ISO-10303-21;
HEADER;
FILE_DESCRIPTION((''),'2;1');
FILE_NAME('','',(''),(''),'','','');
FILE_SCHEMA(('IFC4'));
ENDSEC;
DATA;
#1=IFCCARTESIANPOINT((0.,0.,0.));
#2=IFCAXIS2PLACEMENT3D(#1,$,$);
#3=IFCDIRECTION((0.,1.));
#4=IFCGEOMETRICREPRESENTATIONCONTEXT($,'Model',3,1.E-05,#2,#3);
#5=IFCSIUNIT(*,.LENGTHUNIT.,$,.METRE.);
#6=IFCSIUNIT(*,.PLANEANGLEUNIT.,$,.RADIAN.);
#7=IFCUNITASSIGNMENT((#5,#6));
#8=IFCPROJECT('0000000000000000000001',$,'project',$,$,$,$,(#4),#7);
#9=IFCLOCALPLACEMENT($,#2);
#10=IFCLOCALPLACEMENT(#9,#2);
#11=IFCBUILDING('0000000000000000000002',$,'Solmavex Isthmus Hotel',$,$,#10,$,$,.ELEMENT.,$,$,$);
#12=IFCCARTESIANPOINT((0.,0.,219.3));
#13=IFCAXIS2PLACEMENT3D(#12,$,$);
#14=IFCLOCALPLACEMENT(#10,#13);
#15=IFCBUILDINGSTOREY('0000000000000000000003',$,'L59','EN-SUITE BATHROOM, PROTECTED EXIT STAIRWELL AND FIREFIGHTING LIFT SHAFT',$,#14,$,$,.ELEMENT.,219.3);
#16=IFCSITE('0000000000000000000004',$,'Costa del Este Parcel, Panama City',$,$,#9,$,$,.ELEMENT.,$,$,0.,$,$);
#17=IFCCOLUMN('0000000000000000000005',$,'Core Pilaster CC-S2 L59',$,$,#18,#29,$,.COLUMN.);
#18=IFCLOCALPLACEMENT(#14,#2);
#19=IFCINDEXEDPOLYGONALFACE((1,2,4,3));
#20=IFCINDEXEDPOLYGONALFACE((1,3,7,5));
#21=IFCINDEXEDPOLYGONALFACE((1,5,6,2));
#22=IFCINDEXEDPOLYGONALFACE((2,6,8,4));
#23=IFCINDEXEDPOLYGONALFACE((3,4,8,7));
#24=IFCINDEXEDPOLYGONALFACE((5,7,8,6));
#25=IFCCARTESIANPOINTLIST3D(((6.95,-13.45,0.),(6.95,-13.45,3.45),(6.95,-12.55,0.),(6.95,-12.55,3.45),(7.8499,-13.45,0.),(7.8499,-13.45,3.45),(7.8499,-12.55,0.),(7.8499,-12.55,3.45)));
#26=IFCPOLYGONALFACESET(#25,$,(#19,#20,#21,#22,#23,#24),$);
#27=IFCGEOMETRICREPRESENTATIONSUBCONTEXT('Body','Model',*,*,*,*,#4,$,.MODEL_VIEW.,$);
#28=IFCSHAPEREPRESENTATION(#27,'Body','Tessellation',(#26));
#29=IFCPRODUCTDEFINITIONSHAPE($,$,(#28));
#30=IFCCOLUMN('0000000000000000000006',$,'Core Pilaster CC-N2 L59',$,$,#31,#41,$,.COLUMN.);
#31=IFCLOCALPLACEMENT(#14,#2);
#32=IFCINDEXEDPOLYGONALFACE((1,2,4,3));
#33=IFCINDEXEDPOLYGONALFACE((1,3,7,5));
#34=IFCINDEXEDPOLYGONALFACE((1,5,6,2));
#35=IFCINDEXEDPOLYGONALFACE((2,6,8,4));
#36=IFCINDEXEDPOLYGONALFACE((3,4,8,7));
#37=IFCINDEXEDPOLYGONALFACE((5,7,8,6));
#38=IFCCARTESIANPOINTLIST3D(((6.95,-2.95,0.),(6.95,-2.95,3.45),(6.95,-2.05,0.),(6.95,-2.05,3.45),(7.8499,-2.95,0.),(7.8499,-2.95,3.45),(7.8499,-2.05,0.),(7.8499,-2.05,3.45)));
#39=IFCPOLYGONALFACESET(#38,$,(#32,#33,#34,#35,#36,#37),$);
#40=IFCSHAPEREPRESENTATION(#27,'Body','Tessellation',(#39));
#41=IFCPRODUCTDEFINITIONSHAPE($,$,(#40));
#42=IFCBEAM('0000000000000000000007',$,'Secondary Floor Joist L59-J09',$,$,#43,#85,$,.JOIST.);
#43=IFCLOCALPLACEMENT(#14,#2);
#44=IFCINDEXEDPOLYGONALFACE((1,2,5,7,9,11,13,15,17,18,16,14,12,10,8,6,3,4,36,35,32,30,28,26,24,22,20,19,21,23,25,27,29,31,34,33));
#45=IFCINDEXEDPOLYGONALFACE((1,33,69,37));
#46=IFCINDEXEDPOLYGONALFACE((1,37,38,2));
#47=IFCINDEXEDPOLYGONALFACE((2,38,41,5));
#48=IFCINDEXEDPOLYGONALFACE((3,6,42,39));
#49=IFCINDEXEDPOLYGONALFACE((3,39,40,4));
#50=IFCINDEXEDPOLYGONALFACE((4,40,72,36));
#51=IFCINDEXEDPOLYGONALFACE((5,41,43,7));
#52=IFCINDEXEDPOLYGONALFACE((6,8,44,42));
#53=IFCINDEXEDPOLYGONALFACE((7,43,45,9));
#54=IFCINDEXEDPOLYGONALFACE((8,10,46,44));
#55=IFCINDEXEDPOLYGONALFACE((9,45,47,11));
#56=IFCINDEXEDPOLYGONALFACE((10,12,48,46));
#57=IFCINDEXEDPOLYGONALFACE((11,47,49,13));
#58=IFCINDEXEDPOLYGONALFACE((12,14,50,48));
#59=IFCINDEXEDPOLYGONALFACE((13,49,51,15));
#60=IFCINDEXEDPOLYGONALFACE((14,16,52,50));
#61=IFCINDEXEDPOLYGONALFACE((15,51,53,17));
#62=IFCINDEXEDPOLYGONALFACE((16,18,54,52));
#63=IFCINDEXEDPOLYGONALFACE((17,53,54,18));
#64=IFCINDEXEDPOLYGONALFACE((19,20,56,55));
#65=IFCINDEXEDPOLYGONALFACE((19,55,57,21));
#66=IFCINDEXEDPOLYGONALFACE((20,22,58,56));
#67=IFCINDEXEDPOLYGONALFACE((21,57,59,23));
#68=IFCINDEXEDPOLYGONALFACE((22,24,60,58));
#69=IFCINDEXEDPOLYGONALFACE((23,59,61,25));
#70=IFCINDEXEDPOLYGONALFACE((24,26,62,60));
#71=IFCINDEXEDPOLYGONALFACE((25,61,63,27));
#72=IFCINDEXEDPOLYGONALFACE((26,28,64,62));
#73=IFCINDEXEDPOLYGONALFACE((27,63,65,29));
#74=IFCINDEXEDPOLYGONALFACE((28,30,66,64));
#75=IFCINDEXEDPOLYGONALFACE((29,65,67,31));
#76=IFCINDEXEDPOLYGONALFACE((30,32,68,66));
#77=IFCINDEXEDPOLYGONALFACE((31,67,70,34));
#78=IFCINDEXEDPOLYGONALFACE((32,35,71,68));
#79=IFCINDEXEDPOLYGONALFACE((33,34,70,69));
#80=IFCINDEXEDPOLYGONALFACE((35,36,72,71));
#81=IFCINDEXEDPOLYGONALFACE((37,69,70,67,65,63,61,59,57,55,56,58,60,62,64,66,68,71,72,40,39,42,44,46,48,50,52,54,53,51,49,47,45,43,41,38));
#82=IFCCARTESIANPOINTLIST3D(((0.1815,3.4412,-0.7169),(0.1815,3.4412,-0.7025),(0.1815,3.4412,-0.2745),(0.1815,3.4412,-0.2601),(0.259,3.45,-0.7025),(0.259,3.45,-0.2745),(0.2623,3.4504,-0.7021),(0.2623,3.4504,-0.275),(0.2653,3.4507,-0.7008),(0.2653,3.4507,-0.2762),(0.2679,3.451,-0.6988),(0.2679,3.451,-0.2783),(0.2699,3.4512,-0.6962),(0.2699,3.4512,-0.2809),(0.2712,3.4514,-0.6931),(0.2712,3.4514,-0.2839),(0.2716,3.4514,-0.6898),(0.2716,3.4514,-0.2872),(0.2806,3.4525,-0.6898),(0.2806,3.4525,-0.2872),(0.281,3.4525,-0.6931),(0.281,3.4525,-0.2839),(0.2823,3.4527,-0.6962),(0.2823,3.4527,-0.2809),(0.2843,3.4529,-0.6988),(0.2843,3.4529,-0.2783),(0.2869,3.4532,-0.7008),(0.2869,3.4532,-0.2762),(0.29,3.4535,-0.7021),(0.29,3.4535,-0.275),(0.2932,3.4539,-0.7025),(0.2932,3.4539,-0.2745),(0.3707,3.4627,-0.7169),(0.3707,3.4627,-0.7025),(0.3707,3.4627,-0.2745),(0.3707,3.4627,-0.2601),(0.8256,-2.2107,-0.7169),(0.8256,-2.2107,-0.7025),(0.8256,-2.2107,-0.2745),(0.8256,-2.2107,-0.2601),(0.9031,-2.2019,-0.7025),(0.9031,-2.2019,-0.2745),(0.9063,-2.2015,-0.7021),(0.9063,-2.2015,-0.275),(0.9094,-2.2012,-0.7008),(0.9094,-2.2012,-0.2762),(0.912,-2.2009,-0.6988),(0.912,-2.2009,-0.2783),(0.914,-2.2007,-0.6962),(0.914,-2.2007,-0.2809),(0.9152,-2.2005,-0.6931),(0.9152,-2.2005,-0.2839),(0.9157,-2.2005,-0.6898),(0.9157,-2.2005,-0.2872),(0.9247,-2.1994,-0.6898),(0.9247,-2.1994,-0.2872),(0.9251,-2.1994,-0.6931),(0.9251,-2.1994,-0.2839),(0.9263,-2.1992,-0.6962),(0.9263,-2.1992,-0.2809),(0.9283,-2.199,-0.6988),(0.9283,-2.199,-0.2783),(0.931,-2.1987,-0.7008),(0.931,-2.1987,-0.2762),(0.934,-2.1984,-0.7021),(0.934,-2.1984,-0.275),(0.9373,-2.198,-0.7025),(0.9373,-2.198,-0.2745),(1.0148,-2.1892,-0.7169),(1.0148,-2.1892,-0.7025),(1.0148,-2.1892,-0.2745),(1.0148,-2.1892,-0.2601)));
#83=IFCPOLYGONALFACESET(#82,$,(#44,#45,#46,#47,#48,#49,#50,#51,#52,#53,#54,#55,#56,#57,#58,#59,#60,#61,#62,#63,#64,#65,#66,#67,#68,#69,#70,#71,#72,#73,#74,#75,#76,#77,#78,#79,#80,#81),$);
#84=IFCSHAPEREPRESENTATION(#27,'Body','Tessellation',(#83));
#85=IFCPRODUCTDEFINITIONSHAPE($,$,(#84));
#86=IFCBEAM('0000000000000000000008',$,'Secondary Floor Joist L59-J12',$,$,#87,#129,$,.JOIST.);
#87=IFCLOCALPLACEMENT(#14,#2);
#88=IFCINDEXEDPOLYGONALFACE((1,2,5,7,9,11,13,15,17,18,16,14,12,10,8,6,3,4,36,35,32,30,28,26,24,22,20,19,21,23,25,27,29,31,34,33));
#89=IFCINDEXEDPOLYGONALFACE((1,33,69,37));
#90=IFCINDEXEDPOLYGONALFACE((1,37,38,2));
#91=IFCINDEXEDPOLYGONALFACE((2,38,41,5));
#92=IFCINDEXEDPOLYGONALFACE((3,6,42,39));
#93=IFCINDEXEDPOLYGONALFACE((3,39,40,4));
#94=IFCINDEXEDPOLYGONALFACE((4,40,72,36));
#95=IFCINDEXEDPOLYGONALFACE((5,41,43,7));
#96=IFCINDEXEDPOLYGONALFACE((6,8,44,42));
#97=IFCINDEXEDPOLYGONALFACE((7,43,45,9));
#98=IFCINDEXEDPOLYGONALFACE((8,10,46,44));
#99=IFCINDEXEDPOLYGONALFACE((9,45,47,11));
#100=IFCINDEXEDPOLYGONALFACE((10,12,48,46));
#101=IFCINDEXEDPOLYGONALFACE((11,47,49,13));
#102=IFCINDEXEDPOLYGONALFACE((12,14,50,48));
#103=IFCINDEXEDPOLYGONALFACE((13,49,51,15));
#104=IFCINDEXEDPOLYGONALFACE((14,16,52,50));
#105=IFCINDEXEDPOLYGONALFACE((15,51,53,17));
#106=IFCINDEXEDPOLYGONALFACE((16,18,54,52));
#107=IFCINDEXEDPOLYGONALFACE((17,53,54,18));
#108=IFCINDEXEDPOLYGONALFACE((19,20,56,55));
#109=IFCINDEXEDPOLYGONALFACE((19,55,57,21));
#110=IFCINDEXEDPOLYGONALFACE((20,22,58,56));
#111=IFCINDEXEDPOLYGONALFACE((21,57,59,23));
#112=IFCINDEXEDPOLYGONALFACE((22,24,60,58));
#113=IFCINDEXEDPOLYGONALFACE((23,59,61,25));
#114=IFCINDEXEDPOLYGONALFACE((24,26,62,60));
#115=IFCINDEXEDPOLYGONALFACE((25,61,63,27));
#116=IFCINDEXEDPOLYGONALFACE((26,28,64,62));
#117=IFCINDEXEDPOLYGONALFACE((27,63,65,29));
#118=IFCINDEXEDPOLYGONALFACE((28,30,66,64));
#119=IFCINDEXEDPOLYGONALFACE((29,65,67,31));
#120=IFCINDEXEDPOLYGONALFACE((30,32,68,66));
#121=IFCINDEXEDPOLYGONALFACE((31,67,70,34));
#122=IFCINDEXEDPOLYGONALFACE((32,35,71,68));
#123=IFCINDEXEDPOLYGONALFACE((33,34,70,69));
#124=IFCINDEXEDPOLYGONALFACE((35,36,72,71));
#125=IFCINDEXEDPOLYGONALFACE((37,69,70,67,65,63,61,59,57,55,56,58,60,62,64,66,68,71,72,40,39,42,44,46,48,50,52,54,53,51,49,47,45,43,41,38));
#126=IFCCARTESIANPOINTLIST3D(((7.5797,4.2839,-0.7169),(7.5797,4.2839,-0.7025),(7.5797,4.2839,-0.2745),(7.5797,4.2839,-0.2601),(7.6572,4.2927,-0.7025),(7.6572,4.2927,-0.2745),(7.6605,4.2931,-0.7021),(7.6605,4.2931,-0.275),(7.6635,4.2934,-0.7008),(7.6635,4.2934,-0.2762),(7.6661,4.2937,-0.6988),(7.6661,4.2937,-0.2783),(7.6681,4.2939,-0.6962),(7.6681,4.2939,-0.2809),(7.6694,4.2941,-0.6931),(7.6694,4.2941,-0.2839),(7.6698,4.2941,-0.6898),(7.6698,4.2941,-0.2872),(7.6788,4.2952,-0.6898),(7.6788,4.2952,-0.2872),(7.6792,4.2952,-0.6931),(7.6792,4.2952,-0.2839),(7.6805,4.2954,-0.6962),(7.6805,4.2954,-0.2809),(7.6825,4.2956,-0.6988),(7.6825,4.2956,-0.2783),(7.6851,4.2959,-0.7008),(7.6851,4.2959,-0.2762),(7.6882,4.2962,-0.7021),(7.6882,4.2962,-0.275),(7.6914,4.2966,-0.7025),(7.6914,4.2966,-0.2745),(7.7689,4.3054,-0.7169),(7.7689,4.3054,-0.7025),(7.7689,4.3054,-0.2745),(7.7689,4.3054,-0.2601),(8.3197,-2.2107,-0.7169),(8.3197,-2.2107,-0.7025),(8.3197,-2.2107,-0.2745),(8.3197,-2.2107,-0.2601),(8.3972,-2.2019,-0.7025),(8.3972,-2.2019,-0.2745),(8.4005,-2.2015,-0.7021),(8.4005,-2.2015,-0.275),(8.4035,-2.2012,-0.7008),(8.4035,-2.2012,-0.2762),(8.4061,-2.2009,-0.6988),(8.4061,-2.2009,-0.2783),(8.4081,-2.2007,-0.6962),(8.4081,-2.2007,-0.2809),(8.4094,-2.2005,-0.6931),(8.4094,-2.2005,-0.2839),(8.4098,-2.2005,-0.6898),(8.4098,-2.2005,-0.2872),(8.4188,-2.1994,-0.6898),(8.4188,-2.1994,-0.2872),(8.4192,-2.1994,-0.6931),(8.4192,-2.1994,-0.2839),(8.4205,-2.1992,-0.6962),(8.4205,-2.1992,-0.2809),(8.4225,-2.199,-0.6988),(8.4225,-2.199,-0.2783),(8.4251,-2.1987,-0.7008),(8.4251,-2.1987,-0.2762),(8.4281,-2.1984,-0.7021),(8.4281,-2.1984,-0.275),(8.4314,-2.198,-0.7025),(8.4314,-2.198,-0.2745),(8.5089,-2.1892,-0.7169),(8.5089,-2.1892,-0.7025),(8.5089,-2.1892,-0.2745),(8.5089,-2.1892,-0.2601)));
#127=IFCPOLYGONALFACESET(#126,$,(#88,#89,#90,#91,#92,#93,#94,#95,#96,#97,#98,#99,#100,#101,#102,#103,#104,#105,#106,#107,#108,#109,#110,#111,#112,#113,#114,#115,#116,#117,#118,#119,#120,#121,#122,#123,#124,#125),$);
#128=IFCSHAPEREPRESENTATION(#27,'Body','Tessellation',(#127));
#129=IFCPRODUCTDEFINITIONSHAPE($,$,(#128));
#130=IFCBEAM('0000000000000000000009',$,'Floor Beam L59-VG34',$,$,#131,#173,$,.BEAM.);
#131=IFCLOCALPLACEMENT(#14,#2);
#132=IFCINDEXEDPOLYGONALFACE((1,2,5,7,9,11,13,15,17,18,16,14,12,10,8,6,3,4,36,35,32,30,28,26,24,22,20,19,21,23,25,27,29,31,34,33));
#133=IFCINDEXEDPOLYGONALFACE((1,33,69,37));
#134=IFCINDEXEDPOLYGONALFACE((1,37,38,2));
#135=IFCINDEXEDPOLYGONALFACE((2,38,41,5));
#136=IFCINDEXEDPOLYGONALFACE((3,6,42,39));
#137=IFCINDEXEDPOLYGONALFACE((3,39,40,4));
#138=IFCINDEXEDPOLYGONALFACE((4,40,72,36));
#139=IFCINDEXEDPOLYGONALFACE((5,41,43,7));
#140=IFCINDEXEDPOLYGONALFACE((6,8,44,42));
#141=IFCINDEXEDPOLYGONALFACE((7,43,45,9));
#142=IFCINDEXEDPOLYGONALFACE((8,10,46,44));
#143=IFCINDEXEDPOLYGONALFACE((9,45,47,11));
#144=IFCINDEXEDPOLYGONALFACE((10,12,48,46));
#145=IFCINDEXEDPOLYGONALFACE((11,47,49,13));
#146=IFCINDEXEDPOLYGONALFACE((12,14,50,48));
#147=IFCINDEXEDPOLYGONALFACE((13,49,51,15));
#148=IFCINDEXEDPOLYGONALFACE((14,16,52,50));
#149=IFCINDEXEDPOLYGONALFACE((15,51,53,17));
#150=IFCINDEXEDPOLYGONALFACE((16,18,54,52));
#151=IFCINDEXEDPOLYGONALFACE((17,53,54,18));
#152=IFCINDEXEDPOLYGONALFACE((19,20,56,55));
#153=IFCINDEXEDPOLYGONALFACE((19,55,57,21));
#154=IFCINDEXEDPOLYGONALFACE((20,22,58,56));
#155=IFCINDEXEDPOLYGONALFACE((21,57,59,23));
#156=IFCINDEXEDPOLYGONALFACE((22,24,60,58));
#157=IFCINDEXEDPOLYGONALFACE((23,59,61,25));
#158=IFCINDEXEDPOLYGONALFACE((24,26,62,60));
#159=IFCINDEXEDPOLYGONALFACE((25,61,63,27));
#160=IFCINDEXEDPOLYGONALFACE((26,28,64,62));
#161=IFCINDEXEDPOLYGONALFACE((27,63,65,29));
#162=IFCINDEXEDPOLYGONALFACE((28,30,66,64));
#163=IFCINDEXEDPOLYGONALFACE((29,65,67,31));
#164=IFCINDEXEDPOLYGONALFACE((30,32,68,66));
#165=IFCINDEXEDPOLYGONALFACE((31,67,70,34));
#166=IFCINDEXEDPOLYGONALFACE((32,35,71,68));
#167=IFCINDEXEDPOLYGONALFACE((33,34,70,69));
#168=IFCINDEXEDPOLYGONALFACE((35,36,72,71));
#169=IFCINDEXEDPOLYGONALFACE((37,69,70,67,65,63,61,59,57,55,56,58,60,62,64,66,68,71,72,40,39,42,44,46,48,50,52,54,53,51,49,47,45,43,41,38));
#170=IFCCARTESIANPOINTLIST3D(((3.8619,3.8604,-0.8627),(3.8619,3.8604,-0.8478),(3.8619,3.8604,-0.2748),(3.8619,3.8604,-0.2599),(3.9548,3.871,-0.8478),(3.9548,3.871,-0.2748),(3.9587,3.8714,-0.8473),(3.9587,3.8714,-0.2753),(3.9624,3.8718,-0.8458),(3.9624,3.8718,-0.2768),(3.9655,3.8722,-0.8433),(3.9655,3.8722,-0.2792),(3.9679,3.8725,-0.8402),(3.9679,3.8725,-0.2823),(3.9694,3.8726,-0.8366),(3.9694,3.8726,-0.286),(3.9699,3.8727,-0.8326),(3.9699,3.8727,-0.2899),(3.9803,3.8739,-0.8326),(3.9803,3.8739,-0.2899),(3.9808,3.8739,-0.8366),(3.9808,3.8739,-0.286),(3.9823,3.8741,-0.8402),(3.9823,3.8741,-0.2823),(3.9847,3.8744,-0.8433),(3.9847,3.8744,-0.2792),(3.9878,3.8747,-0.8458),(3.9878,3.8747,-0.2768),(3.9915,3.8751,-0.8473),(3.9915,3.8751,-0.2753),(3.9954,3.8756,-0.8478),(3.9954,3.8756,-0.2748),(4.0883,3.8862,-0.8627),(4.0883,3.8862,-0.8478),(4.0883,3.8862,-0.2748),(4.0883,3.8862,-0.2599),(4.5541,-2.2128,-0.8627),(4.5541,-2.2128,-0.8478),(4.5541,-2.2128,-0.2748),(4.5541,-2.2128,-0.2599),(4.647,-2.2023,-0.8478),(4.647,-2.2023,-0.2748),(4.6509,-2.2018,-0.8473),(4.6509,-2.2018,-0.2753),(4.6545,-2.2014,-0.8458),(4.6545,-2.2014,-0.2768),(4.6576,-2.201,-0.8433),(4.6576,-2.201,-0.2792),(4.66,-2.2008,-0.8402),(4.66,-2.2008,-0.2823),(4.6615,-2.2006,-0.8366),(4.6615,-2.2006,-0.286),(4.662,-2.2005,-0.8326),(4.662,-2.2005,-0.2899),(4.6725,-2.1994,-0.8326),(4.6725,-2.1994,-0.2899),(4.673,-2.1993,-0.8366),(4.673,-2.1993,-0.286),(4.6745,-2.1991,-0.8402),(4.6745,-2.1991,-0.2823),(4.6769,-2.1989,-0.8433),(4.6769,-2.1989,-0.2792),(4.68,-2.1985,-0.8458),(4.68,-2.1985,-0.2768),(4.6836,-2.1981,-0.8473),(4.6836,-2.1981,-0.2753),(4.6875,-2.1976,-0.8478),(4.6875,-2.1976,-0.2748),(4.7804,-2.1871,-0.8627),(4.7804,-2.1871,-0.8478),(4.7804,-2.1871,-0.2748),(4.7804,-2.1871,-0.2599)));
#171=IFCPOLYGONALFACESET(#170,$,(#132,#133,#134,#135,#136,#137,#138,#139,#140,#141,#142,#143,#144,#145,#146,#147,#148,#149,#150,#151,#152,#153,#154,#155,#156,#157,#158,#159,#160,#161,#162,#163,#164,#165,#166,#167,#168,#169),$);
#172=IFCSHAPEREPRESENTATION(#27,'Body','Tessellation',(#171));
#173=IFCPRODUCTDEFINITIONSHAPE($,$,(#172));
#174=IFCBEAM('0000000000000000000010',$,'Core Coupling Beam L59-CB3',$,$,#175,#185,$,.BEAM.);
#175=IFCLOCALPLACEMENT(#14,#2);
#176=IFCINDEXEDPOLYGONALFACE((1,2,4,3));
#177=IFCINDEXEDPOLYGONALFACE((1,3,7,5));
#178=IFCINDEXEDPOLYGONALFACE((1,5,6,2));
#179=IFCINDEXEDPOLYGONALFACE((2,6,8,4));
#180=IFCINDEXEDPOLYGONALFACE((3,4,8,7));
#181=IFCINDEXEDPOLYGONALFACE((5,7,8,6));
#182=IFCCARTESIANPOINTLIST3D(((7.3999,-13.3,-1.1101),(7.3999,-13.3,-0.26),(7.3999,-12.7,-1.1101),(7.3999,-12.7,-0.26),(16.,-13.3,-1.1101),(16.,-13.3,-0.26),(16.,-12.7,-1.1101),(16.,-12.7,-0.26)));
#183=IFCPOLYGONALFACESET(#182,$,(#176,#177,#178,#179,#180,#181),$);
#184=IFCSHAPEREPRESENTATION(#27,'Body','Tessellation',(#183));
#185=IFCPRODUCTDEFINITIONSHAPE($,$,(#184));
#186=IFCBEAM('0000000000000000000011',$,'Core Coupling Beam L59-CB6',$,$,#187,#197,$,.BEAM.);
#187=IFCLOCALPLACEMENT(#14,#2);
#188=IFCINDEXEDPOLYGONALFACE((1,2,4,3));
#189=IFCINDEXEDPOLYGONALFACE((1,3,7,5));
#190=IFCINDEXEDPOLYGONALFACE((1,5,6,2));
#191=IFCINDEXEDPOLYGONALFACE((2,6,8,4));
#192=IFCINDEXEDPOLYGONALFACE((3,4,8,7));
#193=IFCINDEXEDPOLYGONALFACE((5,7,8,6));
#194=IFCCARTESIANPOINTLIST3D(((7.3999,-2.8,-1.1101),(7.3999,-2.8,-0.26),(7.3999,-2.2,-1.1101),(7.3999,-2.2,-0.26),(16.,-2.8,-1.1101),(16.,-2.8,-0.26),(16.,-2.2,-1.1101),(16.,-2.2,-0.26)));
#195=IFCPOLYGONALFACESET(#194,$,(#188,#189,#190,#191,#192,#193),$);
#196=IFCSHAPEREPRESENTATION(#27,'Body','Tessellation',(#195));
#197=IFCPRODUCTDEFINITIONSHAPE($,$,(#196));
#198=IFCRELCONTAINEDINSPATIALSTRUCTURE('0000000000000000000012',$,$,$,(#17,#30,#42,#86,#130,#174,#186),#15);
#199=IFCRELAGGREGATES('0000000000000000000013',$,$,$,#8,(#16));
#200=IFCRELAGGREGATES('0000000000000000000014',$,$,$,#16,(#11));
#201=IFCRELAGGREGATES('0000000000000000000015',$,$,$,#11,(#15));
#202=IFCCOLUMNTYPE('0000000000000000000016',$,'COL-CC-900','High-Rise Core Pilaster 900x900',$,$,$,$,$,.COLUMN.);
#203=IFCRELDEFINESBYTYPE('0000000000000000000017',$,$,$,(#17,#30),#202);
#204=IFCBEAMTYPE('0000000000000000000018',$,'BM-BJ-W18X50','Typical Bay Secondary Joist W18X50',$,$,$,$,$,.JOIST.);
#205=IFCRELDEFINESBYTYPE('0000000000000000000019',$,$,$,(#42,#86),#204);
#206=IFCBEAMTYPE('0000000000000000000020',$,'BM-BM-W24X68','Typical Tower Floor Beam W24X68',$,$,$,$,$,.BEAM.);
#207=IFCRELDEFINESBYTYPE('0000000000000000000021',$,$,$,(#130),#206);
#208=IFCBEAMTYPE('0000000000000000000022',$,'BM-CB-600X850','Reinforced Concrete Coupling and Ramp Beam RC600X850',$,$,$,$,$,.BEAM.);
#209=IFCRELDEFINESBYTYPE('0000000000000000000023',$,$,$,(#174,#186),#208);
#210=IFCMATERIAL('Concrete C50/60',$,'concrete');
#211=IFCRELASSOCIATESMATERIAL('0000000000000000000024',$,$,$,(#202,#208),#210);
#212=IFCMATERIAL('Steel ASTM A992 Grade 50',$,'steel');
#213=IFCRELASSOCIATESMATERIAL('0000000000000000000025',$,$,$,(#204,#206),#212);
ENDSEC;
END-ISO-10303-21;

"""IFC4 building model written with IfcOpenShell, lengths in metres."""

from ifc_helpers import new_model, si_unit, direction, frame, origin, origin_2d, place, context, subcontext, project, spatial, rectangle, i_section, extrude, material, material_profile, profile_set, type_object, element, save


model = new_model("IFC4")

# Units and contexts
model_context = context("Model", 3, precision=1e-05, world=origin(), true_north=direction((0.0, 1.0)))
body_context = subcontext(model_context, "Body", "Model", "MODEL_VIEW")
ifc_project = project(units=[si_unit("LENGTHUNIT", "METRE"), si_unit("PLANEANGLEUNIT", "RADIAN")], contexts=[model_context])

# Site, building, storey
site_placement = place(None, origin())
site = spatial("IfcSite", under=ifc_project, at=site_placement, Name="Costa del Este Parcel, Panama City", CompositionType="ELEMENT", RefElevation=0.0)
building_placement = place(site_placement, origin())
building = spatial("IfcBuilding", under=site, at=building_placement, Name="Solmavex Isthmus Hotel", CompositionType="ELEMENT")
storey_placement = place(building_placement, frame((0.0, 0.0, 219.3)))
storey = spatial("IfcBuildingStorey", under=building, at=storey_placement, Name="L59", Description="EN-SUITE BATHROOM, PROTECTED EXIT STAIRWELL AND FIREFIGHTING LIFT SHAFT", CompositionType="ELEMENT", Elevation=219.3)

# Columns
ifc_material_1 = material(Name="Concrete C50/60", Category="concrete")
ifc_material_profile_1 = material_profile(ifc_material_1, rectangle(XDim=0.8999, YDim=0.8999, at=origin_2d()), Name="RC900X900")
ifc_profile_set_1 = profile_set([ifc_material_profile_1], Name="Concrete C50/60")
column_type = type_object("IfcColumnType", Name="COL-CC-900", Description="High-Rise Core Pilaster 900x900", PredefinedType="COLUMN", material=ifc_profile_set_1)
for number, where, z_axis, x_axis, name in (
    (1, (7.3999, -13.0, 0.0), (0.0, 0.0, 1.0), (1.0, 0.0, 0.0), "Core Pilaster CC-S2 L59"),
    (2, (7.3999, -2.5, 0.0), (0.0, 0.0, 1.0), (1.0, 0.0, 0.0), "Core Pilaster CC-N2 L59"),
):
    element("IfcColumn", number, at=place(storey_placement, frame(where, z_axis=z_axis, x_axis=x_axis)), inside=storey, type_object=column_type, Name=name, PredefinedType="COLUMN", context=body_context, shape_type="SweptSolid", body=[
        extrude(rectangle(XDim=0.8999, YDim=0.8999, at=origin_2d()), origin(), (0.0, 0.0, 1.0), 3.45),
    ])

# Beams
ifc_material_2 = material(Name="Steel ASTM A992 Grade 50", Category="steel")
ifc_material_profile_2 = material_profile(ifc_material_2, i_section(OverallWidth=0.1904, OverallDepth=0.4568, WebThickness=0.009, FlangeThickness=0.0144, FilletRadius=0.0127, at=origin_2d()), Name="W18X50")
ifc_profile_set_2 = profile_set([ifc_material_profile_2], Name="Steel ASTM A992 Grade 50")
beam_type_1 = type_object("IfcBeamType", Name="BM-BJ-W18X50", Description="Typical Bay Secondary Joist W18X50", PredefinedType="JOIST", material=ifc_profile_set_2)
beam_1_placement = place(storey_placement, frame((0.9202, -2.2, -0.4885), z_axis=(-0.11322, 0.99357, 0.0), x_axis=(-0.99357, -0.11322, 0.0)))
element("IfcBeam", 3, at=beam_1_placement, inside=storey, type_object=beam_type_1, Name="Secondary Floor Joist L59-J09", PredefinedType="JOIST", context=body_context, shape_type="SweptSolid", body=[
    extrude(i_section(OverallWidth=0.1904, OverallDepth=0.4568, WebThickness=0.009, FlangeThickness=0.0144, FilletRadius=0.0127, at=origin_2d()), origin(), (0.0, 0.0, 1.0), 5.6885),
])
beam_2_placement = place(storey_placement, frame((8.4143, -2.2, -0.4885), z_axis=(-0.113206, 0.993571, 0.0), x_axis=(-0.993571, -0.113206, 0.0)))
element("IfcBeam", 4, at=beam_2_placement, inside=storey, type_object=beam_type_1, Name="Secondary Floor Joist L59-J12", PredefinedType="JOIST", context=body_context, shape_type="SweptSolid", body=[
    extrude(i_section(OverallWidth=0.1904, OverallDepth=0.4568, WebThickness=0.009, FlangeThickness=0.0144, FilletRadius=0.0127, at=origin_2d()), origin(), (0.0, 0.0, 1.0), 6.5366),
])
ifc_material_profile_3 = material_profile(ifc_material_2, i_section(OverallWidth=0.2278, OverallDepth=0.6028, WebThickness=0.0105, FlangeThickness=0.0149, FilletRadius=0.0151, at=origin_2d()), Name="W24X68")
ifc_profile_set_3 = profile_set([ifc_material_profile_3], Name="Steel ASTM A992 Grade 50")
beam_type_2 = type_object("IfcBeamType", Name="BM-BM-W24X68", Description="Typical Tower Floor Beam W24X68", PredefinedType="BEAM", material=ifc_profile_set_3)
beam_3_placement = place(storey_placement, frame((4.6672, -2.2, -0.5613), z_axis=(-0.113232, 0.993569, 0.0), x_axis=(-0.993569, -0.113232, 0.0)))
element("IfcBeam", 5, at=beam_3_placement, inside=storey, type_object=beam_type_2, Name="Floor Beam L59-VG34", PredefinedType="BEAM", context=body_context, shape_type="SweptSolid", body=[
    extrude(i_section(OverallWidth=0.2278, OverallDepth=0.6028, WebThickness=0.0105, FlangeThickness=0.0149, FilletRadius=0.0151, at=origin_2d()), origin(), (0.0, 0.0, 1.0), 6.1125),
])
ifc_material_profile_4 = material_profile(ifc_material_1, rectangle(XDim=0.6001, YDim=0.8501, at=origin_2d()), Name="RC600X850")
ifc_profile_set_4 = profile_set([ifc_material_profile_4], Name="Concrete C50/60")
beam_type_3 = type_object("IfcBeamType", Name="BM-CB-600X850", Description="Reinforced Concrete Coupling and Ramp Beam RC600X850", PredefinedType="BEAM", material=ifc_profile_set_4)
for number, where, z_axis, x_axis, name in (
    (6, (7.3999, -13.0, -0.6851), (1.0, 0.0, 0.0), (0.0, 1.0, 0.0), "Core Coupling Beam L59-CB3"),
    (7, (7.3999, -2.5, -0.6851), (1.0, 0.0, 0.0), (0.0, 1.0, 0.0), "Core Coupling Beam L59-CB6"),
):
    element("IfcBeam", number, at=place(storey_placement, frame(where, z_axis=z_axis, x_axis=x_axis)), inside=storey, type_object=beam_type_3, Name=name, PredefinedType="BEAM", context=body_context, shape_type="SweptSolid", body=[
        extrude(rectangle(XDim=0.6001, YDim=0.8501, at=origin_2d()), origin(), (0.0, 0.0, 1.0), 8.6001),
    ])

save(model, "model.ifc")
